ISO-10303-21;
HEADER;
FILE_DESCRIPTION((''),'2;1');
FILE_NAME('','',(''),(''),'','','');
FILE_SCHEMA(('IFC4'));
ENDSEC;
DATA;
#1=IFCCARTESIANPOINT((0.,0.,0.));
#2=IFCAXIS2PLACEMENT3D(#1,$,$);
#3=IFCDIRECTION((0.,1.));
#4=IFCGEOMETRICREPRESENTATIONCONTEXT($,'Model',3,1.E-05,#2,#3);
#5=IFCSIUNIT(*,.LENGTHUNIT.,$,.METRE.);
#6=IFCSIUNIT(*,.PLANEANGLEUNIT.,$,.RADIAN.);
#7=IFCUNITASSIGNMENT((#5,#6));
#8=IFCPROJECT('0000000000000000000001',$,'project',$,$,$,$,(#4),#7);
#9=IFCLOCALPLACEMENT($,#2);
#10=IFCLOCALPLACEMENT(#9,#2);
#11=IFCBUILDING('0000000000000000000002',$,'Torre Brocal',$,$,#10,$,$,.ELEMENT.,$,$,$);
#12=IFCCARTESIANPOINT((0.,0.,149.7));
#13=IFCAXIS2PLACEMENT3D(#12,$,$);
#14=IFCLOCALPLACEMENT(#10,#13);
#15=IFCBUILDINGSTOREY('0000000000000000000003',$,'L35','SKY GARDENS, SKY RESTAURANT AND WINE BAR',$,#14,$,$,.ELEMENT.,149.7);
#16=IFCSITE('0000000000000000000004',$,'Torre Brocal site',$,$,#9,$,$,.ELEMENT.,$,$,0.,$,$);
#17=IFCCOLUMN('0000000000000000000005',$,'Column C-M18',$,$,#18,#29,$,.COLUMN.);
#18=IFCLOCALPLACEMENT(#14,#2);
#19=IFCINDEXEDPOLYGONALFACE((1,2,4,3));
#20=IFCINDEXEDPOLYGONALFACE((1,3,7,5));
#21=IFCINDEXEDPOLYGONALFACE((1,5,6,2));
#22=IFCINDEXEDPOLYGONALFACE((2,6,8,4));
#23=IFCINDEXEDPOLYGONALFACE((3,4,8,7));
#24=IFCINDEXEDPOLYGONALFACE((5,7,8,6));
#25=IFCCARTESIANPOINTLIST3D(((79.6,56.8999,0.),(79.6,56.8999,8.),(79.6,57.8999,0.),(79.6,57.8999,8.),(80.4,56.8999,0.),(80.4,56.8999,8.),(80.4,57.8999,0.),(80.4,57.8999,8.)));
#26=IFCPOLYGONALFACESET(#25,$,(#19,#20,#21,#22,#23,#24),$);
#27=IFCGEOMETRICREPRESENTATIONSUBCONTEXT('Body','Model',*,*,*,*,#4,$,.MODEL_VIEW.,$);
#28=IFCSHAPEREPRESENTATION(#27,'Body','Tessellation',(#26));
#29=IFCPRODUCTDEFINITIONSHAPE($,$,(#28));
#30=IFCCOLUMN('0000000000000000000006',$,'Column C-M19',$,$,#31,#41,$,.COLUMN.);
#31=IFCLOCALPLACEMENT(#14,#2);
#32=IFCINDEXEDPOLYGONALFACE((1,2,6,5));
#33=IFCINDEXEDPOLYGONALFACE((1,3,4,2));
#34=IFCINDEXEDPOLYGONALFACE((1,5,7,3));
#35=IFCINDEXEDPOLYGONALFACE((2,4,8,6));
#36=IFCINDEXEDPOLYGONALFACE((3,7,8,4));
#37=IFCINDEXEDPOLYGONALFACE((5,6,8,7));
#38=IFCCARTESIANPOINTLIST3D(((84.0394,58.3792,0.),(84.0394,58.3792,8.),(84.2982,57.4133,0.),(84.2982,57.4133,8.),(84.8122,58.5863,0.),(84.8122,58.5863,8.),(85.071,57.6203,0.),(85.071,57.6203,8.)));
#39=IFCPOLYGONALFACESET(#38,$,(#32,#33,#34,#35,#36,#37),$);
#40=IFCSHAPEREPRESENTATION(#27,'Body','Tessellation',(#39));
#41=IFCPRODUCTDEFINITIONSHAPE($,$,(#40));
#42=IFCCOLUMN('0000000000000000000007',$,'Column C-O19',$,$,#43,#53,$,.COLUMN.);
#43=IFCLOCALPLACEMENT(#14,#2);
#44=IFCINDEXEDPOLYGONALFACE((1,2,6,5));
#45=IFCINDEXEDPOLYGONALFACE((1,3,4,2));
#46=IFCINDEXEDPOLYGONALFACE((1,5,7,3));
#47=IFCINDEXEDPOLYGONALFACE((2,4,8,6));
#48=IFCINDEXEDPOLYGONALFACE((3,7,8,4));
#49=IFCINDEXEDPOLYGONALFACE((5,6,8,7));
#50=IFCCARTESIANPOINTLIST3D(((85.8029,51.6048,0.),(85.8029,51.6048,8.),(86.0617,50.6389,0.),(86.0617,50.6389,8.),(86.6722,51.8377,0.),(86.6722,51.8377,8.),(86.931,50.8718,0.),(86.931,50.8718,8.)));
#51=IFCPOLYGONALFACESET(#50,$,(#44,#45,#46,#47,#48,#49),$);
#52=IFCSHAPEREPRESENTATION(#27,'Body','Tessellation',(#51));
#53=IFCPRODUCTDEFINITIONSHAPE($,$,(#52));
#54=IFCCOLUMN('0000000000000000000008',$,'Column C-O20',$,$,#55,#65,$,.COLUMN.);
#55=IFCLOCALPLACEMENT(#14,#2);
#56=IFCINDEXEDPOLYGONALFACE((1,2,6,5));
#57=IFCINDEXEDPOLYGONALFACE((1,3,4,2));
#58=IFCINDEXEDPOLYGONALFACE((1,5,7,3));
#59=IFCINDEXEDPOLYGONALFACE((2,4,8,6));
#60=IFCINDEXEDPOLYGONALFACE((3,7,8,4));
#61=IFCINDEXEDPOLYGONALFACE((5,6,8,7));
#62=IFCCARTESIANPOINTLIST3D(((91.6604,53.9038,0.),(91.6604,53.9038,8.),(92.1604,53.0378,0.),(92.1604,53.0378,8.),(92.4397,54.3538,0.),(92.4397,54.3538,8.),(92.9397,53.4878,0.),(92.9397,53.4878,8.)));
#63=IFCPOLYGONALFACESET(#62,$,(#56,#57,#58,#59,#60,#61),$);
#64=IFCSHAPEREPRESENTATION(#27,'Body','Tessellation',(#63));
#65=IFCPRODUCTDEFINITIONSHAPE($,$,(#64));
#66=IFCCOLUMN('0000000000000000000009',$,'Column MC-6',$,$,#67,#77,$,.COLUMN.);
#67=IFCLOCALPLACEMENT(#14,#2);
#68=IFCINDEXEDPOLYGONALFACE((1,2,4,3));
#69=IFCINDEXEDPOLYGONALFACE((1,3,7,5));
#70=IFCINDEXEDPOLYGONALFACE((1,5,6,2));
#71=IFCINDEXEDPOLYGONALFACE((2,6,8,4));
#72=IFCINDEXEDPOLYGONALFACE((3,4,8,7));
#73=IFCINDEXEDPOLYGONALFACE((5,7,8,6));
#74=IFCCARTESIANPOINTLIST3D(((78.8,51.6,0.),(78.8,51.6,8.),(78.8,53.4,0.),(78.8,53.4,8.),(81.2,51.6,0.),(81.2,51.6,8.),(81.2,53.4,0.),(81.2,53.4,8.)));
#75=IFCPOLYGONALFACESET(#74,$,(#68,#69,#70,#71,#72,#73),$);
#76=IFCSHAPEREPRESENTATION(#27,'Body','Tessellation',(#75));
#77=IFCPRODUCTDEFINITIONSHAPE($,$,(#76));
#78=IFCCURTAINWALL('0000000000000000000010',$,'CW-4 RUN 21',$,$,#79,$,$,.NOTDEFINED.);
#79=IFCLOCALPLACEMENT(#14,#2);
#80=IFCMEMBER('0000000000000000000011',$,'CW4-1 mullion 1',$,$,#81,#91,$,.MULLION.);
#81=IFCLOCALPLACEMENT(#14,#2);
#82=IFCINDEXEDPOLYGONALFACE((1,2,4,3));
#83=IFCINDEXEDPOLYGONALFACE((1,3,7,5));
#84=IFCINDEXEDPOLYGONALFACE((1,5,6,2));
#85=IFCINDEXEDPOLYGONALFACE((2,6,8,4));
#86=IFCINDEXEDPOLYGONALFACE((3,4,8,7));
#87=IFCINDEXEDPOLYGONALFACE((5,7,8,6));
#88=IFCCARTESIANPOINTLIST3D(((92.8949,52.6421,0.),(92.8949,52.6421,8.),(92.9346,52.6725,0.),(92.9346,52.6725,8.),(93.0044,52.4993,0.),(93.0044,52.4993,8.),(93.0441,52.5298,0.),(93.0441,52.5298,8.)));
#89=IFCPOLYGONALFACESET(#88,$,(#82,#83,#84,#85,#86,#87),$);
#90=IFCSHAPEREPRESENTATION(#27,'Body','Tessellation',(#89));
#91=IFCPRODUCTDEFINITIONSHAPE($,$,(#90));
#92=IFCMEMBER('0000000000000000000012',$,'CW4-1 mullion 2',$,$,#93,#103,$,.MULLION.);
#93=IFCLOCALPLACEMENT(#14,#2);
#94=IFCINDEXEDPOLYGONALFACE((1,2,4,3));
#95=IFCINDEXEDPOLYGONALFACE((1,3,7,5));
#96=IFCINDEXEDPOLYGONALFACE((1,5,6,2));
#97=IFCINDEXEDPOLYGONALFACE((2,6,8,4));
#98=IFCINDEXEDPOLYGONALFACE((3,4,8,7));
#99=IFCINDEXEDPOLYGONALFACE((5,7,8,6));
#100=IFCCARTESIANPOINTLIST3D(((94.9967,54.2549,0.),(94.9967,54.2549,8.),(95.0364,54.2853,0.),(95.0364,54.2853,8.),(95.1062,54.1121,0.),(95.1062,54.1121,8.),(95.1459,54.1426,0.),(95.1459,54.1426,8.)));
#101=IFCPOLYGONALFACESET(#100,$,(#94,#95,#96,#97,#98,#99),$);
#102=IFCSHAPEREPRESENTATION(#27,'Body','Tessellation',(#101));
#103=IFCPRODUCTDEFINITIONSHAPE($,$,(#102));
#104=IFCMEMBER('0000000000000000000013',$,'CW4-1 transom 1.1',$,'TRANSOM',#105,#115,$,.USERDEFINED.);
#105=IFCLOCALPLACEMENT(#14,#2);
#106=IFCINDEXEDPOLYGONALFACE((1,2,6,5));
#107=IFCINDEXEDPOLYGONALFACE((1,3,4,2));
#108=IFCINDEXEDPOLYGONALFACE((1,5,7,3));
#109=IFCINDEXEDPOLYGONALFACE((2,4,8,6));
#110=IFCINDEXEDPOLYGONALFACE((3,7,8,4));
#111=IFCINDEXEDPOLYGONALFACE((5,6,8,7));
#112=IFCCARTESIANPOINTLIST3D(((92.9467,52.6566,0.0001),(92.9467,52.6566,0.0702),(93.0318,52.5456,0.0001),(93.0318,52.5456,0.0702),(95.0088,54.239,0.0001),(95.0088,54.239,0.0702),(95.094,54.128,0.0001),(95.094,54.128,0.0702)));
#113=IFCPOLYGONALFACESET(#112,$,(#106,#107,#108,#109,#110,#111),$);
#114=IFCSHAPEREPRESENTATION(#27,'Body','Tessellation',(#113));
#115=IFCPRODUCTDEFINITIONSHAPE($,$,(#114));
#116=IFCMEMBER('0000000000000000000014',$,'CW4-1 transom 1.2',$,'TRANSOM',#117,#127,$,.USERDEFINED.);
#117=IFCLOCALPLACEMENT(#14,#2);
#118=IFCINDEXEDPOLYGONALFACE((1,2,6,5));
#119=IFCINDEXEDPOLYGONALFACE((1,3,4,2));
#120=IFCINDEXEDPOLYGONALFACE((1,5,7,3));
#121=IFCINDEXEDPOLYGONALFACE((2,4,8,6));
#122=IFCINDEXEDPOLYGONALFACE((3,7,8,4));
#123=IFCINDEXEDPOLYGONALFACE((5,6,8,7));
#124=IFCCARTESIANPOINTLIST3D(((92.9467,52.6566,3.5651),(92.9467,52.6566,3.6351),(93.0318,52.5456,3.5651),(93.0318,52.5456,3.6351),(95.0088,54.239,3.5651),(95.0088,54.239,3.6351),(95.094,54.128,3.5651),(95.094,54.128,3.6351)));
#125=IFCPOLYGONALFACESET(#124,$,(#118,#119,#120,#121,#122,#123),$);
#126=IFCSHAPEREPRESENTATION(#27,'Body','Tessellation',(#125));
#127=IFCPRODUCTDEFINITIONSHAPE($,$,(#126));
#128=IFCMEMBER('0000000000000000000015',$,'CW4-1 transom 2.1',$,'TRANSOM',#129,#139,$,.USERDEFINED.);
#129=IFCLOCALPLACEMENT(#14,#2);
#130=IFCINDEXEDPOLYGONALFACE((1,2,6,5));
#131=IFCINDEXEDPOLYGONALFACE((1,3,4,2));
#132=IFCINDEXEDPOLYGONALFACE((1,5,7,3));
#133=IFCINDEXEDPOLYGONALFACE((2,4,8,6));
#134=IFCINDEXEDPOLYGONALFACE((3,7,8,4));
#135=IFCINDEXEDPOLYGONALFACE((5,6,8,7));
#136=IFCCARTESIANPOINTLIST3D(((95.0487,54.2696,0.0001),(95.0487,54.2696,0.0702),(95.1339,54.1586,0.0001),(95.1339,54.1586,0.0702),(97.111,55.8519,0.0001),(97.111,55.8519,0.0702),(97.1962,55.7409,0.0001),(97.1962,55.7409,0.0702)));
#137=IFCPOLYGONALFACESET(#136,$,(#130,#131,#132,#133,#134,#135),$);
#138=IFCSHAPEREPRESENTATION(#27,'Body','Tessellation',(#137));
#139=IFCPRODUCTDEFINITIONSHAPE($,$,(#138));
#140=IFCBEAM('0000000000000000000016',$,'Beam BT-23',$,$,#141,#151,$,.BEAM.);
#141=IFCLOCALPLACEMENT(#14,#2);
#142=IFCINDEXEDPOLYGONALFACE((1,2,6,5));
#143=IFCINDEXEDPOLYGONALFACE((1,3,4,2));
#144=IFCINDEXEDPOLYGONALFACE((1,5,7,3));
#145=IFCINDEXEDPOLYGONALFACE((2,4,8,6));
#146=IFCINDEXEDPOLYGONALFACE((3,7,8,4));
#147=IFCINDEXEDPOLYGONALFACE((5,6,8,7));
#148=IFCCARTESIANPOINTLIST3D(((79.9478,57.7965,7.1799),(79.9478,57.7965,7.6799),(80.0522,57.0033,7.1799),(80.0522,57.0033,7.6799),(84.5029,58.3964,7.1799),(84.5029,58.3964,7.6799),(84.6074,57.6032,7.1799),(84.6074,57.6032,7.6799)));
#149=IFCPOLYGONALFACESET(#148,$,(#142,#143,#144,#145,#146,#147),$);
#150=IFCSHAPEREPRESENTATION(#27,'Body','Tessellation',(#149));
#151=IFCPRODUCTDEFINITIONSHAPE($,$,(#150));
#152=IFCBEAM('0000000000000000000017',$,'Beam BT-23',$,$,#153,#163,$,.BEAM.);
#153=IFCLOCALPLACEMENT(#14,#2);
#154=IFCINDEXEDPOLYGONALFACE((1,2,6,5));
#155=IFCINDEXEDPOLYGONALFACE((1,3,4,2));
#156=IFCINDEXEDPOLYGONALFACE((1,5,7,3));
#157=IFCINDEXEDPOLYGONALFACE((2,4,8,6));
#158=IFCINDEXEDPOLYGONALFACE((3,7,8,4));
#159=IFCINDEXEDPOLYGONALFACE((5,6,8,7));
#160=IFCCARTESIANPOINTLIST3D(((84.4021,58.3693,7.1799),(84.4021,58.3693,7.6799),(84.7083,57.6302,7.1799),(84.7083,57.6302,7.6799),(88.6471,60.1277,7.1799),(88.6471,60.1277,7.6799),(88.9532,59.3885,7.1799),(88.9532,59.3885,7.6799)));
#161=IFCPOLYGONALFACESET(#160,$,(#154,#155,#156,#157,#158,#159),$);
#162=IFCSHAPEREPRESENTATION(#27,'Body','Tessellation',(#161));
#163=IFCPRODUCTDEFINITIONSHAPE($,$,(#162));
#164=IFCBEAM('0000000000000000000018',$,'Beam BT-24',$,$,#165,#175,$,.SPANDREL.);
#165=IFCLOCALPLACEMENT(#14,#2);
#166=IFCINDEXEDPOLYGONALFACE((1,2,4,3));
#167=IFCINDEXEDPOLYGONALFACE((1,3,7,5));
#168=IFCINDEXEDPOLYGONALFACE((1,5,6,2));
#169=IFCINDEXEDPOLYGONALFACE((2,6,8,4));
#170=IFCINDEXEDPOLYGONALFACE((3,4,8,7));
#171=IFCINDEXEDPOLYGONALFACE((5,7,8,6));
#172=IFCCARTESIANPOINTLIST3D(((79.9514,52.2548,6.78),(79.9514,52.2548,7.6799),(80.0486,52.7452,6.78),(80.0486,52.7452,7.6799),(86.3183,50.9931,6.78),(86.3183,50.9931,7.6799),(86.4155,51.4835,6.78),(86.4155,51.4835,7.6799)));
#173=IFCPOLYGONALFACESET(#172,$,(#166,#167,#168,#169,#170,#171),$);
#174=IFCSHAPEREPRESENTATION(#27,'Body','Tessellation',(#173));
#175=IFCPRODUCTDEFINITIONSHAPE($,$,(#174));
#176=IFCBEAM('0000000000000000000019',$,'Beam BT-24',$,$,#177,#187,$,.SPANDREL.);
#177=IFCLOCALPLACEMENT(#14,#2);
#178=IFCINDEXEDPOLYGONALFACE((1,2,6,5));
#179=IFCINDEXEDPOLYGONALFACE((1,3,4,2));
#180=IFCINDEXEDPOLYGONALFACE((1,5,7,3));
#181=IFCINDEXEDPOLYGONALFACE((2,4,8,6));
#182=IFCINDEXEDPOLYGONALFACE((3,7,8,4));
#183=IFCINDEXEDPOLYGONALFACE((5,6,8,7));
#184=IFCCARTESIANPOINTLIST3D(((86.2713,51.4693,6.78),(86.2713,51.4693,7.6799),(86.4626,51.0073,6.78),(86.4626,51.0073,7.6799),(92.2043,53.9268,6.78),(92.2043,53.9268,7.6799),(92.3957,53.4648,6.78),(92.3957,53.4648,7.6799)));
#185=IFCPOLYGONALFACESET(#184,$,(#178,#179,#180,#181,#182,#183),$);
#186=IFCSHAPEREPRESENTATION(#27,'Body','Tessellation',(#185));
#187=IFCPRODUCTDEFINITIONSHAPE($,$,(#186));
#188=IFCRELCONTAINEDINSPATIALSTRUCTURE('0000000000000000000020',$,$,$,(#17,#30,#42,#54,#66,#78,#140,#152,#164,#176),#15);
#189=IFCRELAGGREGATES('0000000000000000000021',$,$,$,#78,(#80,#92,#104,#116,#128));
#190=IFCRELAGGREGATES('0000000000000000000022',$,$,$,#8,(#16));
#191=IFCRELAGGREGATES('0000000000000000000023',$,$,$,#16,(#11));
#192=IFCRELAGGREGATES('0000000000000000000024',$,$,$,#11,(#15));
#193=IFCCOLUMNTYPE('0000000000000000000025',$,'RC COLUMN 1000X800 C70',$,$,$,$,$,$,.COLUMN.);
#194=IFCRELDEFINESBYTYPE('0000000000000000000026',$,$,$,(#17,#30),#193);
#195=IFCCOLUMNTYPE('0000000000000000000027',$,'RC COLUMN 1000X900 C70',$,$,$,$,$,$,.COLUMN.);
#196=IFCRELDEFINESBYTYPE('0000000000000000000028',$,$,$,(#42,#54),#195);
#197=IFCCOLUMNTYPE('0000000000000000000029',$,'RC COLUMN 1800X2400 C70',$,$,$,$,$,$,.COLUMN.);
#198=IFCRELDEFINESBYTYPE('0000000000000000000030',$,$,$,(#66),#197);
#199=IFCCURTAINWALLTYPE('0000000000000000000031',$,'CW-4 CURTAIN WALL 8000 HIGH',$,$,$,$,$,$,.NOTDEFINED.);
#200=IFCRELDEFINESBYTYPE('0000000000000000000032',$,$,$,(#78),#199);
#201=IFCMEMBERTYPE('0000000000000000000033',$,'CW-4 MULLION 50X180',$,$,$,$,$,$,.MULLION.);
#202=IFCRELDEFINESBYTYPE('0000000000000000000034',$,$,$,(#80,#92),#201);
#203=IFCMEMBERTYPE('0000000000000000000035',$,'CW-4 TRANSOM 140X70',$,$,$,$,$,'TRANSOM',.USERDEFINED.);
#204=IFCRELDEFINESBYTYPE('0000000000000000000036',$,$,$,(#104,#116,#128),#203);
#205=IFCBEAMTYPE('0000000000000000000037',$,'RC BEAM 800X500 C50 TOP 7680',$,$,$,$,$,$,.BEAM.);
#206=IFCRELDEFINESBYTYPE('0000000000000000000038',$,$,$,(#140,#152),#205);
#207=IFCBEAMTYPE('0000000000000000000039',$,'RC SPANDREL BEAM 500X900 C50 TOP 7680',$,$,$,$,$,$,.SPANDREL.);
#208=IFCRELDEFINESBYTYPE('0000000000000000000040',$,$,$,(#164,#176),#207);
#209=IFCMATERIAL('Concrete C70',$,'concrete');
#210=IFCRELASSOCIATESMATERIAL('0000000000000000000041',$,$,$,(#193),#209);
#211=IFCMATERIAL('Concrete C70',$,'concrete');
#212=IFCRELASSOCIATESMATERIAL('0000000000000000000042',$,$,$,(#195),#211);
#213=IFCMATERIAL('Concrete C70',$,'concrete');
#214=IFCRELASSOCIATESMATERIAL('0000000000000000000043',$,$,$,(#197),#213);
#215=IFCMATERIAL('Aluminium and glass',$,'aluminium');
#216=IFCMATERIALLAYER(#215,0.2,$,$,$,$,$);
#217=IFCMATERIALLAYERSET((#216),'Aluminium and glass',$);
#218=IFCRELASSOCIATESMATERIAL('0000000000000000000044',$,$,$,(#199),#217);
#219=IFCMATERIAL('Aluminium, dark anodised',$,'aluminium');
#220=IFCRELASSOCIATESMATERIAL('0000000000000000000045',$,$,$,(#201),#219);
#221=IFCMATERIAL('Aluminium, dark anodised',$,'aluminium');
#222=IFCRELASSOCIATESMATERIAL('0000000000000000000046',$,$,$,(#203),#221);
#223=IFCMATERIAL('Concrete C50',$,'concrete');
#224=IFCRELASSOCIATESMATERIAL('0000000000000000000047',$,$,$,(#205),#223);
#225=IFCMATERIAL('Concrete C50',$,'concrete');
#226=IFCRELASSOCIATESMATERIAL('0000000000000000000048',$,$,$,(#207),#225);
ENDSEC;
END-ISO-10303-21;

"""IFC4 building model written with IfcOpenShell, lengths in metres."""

from ifc_helpers import new_model, si_unit, direction, frame, origin, origin_2d, place, context, subcontext, project, spatial, rectangle, extrude, material, layer, layer_set, material_profile, profile_set, type_object, element, aggregate, save


model = new_model("IFC4")

# Units and contexts
model_context = context("Model", 3, precision=1e-05, world=origin(), true_north=direction((0.0, 1.0)))
body_context = subcontext(model_context, "Body", "Model", "MODEL_VIEW")
ifc_project = project(units=[si_unit("LENGTHUNIT", "METRE"), si_unit("PLANEANGLEUNIT", "RADIAN")], contexts=[model_context])

# Site, building, storey
site_placement = place(None, origin())
site = spatial("IfcSite", under=ifc_project, at=site_placement, Name="Torre Brocal site", CompositionType="ELEMENT", RefElevation=0.0)
building_placement = place(site_placement, origin())
building = spatial("IfcBuilding", under=site, at=building_placement, Name="Torre Brocal", CompositionType="ELEMENT")
storey_placement = place(building_placement, frame((0.0, 0.0, 149.7)))
storey = spatial("IfcBuildingStorey", under=building, at=storey_placement, Name="L35", Description="SKY GARDENS, SKY RESTAURANT AND WINE BAR", CompositionType="ELEMENT", Elevation=149.7)

# Columns
ifc_material_1 = material(Name="Concrete C70", Category="concrete")
ifc_material_profile_1 = material_profile(ifc_material_1, rectangle(XDim=1.0, YDim=0.8, at=origin_2d()), Name="RC 1000X800")
ifc_profile_set_1 = profile_set([ifc_material_profile_1], Name="Concrete C70")
column_type_1 = type_object("IfcColumnType", Name="RC COLUMN 1000X800 C70", PredefinedType="COLUMN", material=ifc_profile_set_1)
for number, where, z_axis, x_axis, name in (
    (1, (80.0, 57.3999, 0.0), (0.0, 0.0, 1.0), (0.0, -1.0, 0.0), "Column C-M18"),
    (2, (84.5552, 57.9998, 0.0), (0.0, 0.0, 1.0), (0.258819, -0.965926, 0.0), "Column C-M19"),
):
    element("IfcColumn", number, at=place(storey_placement, frame(where, z_axis=z_axis, x_axis=x_axis)), inside=storey, type_object=column_type_1, Name=name, PredefinedType="COLUMN", context=body_context, shape_type="SweptSolid", body=[
        extrude(rectangle(XDim=1.0, YDim=0.8, at=origin_2d()), origin(), (0.0, 0.0, 1.0), 8.0),
    ])
ifc_material_2 = material(Name="Concrete C70", Category="concrete")
ifc_material_profile_2 = material_profile(ifc_material_2, rectangle(XDim=1.0, YDim=0.8999, at=origin_2d()), Name="RC 1000X900")
ifc_profile_set_2 = profile_set([ifc_material_profile_2], Name="Concrete C70")
column_type_2 = type_object("IfcColumnType", Name="RC COLUMN 1000X900 C70", PredefinedType="COLUMN", material=ifc_profile_set_2)
for number, where, z_axis, x_axis, name in (
    (3, (86.3669, 51.2383, 0.0), (0.0, 0.0, 1.0), (0.258819, -0.965926, 0.0), "Column C-O19"),
    (4, (92.3, 53.6958, 0.0), (0.0, 0.0, 1.0), (0.5, -0.866025, 0.0), "Column C-O20"),
):
    element("IfcColumn", number, at=place(storey_placement, frame(where, z_axis=z_axis, x_axis=x_axis)), inside=storey, type_object=column_type_2, Name=name, PredefinedType="COLUMN", context=body_context, shape_type="SweptSolid", body=[
        extrude(rectangle(XDim=1.0, YDim=0.8999, at=origin_2d()), origin(), (0.0, 0.0, 1.0), 8.0),
    ])
ifc_material_3 = material(Name="Concrete C70", Category="concrete")
ifc_material_profile_3 = material_profile(ifc_material_3, rectangle(XDim=1.8, YDim=2.3999, at=origin_2d()), Name="RC 1800X2400")
ifc_profile_set_3 = profile_set([ifc_material_profile_3], Name="Concrete C70")
column_type_3 = type_object("IfcColumnType", Name="RC COLUMN 1800X2400 C70", PredefinedType="COLUMN", material=ifc_profile_set_3)
column_placement = place(storey_placement, frame((80.0, 52.5, 0.0), z_axis=(0.0, 0.0, 1.0), x_axis=(0.0, -1.0, 0.0)))
element("IfcColumn", 5, at=column_placement, inside=storey, type_object=column_type_3, Name="Column MC-6", PredefinedType="COLUMN", context=body_context, shape_type="SweptSolid", body=[
    extrude(rectangle(XDim=1.8, YDim=2.3999, at=origin_2d()), origin(), (0.0, 0.0, 1.0), 8.0),
])

# Curtain wall, members
ifc_material_4 = material(Name="Aluminium and glass", Category="aluminium")
ifc_layer_1 = layer(ifc_material_4, 0.2)
ifc_layer_set_1 = layer_set([ifc_layer_1], Name="Aluminium and glass")
curtain_wall_type = type_object("IfcCurtainWallType", Name="CW-4 CURTAIN WALL 8000 HIGH", PredefinedType="NOTDEFINED", material=ifc_layer_set_1)
curtain_wall_placement = place(storey_placement, origin())
curtain_wall = element("IfcCurtainWall", 6, at=curtain_wall_placement, inside=storey, type_object=curtain_wall_type, Name="CW-4 RUN 21", PredefinedType="NOTDEFINED")
ifc_material_5 = material(Name="Aluminium, dark anodised", Category="aluminium")
ifc_material_profile_4 = material_profile(ifc_material_5, rectangle(XDim=0.1799, YDim=0.05, at=origin_2d()), Name="CW-4 MULLION 50X180")
ifc_profile_set_4 = profile_set([ifc_material_profile_4], Name="Aluminium, dark anodised")
member_type_1 = type_object("IfcMemberType", Name="CW-4 MULLION 50X180", PredefinedType="MULLION", material=ifc_profile_set_4)
member_1_placement = place(storey_placement, frame((92.9695, 52.5859, 0.0), z_axis=(0.0, 0.0, 1.0), x_axis=(-0.608761, 0.793353, 0.0)))
member_1 = element("IfcMember", 7, at=member_1_placement, type_object=member_type_1, Name="CW4-1 mullion 1", PredefinedType="MULLION", context=body_context, shape_type="SweptSolid", body=[
    extrude(rectangle(XDim=0.1799, YDim=0.05, at=origin_2d()), origin(), (0.0, 0.0, 1.0), 8.0),
])
member_2_placement = place(storey_placement, frame((95.0713, 54.1987, 0.0), z_axis=(0.0, 0.0, 1.0), x_axis=(-0.608761, 0.793353, 0.0)))
member_2 = element("IfcMember", 8, at=member_2_placement, type_object=member_type_1, Name="CW4-1 mullion 2", PredefinedType="MULLION", context=body_context, shape_type="SweptSolid", body=[
    extrude(rectangle(XDim=0.1799, YDim=0.05, at=origin_2d()), origin(), (0.0, 0.0, 1.0), 8.0),
])
ifc_material_6 = material(Name="Aluminium, dark anodised", Category="aluminium")
ifc_material_profile_5 = material_profile(ifc_material_6, rectangle(XDim=0.1399, YDim=0.0701, at=origin_2d()), Name="CW-4 TRANSOM 140X70")
ifc_profile_set_5 = profile_set([ifc_material_profile_5], Name="Aluminium, dark anodised")
member_type_2 = type_object("IfcMemberType", Name="CW-4 TRANSOM 140X70", ElementType="TRANSOM", PredefinedType="USERDEFINED", material=ifc_profile_set_5)
member_3_placement = place(storey_placement, frame((92.9893, 52.6011, 0.0352), z_axis=(0.793336, 0.608784, 0.0), x_axis=(-0.608784, 0.793336, 0.0)))
member_3 = element("IfcMember", 9, at=member_3_placement, type_object=member_type_2, Name="CW4-1 transom 1.1", ObjectType="TRANSOM", PredefinedType="USERDEFINED", context=body_context, shape_type="SweptSolid", body=[
    extrude(rectangle(XDim=0.1399, YDim=0.0701, at=origin_2d()), origin(), (0.0, 0.0, 1.0), 2.5994),
])
member_4_placement = place(storey_placement, frame((92.9893, 52.6011, 3.6001), z_axis=(0.793336, 0.608784, 0.0), x_axis=(-0.608784, 0.793336, 0.0)))
member_4 = element("IfcMember", 10, at=member_4_placement, type_object=member_type_2, Name="CW4-1 transom 1.2", ObjectType="TRANSOM", PredefinedType="USERDEFINED", context=body_context, shape_type="SweptSolid", body=[
    extrude(rectangle(XDim=0.1399, YDim=0.0701, at=origin_2d()), origin(), (0.0, 0.0, 1.0), 2.5994),
])
member_5_placement = place(storey_placement, frame((95.0913, 54.2141, 0.0352), z_axis=(0.793381, 0.608725, 0.0), x_axis=(-0.608725, 0.793381, 0.0)))
member_5 = element("IfcMember", 11, at=member_5_placement, type_object=member_type_2, Name="CW4-1 transom 2.1", ObjectType="TRANSOM", PredefinedType="USERDEFINED", context=body_context, shape_type="SweptSolid", body=[
    extrude(rectangle(XDim=0.1399, YDim=0.0701, at=origin_2d()), origin(), (0.0, 0.0, 1.0), 2.5994),
])

# Beams
ifc_material_7 = material(Name="Concrete C50", Category="concrete")
ifc_material_profile_6 = material_profile(ifc_material_7, rectangle(XDim=0.8, YDim=0.5, at=origin_2d()), Name="RC 800X500")
ifc_profile_set_6 = profile_set([ifc_material_profile_6], Name="Concrete C50")
beam_type_1 = type_object("IfcBeamType", Name="RC BEAM 800X500 C50 TOP 7680", PredefinedType="BEAM", material=ifc_profile_set_6)
beam_1_placement = place(storey_placement, frame((80.0, 57.3999, 7.4299), z_axis=(0.991441, 0.130559, 0.0), x_axis=(-0.130559, 0.991441, 0.0)))
element("IfcBeam", 12, at=beam_1_placement, inside=storey, type_object=beam_type_1, Name="Beam BT-23", PredefinedType="BEAM", context=body_context, shape_type="SweptSolid", body=[
    extrude(rectangle(XDim=0.8, YDim=0.5, at=origin_2d()), origin(), (0.0, 0.0, 1.0), 4.5945),
])
beam_2_placement = place(storey_placement, frame((84.5552, 57.9998, 7.4299), z_axis=(0.923878, 0.382687, 0.0), x_axis=(-0.382687, 0.923878, 0.0)))
element("IfcBeam", 13, at=beam_2_placement, inside=storey, type_object=beam_type_1, Name="Beam BT-23", PredefinedType="BEAM", context=body_context, shape_type="SweptSolid", body=[
    extrude(rectangle(XDim=0.8, YDim=0.5, at=origin_2d()), origin(), (0.0, 0.0, 1.0), 4.5947),
])
ifc_material_8 = material(Name="Concrete C50", Category="concrete")
ifc_material_profile_7 = material_profile(ifc_material_8, rectangle(XDim=0.5, YDim=0.8999, at=origin_2d()), Name="RC 500X900")
ifc_profile_set_7 = profile_set([ifc_material_profile_7], Name="Concrete C50")
beam_type_2 = type_object("IfcBeamType", Name="RC SPANDREL BEAM 500X900 C50 TOP 7680", PredefinedType="SPANDREL", material=ifc_profile_set_7)
beam_3_placement = place(storey_placement, frame((80.0, 52.5, 7.23), z_axis=(0.980925, -0.194387, 0.0), x_axis=(0.194387, 0.980925, 0.0)))
element("IfcBeam", 14, at=beam_3_placement, inside=storey, type_object=beam_type_2, Name="Beam BT-24", PredefinedType="SPANDREL", context=body_context, shape_type="SweptSolid", body=[
    extrude(rectangle(XDim=0.5, YDim=0.8999, at=origin_2d()), origin(), (0.0, 0.0, 1.0), 6.4907),
])
beam_4_placement = place(storey_placement, frame((86.3669, 51.2383, 7.23), z_axis=(0.923882, 0.382676, 0.0), x_axis=(-0.382676, 0.923882, 0.0)))
element("IfcBeam", 15, at=beam_4_placement, inside=storey, type_object=beam_type_2, Name="Beam BT-24", PredefinedType="SPANDREL", context=body_context, shape_type="SweptSolid", body=[
    extrude(rectangle(XDim=0.5, YDim=0.8999, at=origin_2d()), origin(), (0.0, 0.0, 1.0), 6.4219),
])

aggregate(curtain_wall, [member_1, member_2, member_3, member_4, member_5])

save(model, "model.ifc")
